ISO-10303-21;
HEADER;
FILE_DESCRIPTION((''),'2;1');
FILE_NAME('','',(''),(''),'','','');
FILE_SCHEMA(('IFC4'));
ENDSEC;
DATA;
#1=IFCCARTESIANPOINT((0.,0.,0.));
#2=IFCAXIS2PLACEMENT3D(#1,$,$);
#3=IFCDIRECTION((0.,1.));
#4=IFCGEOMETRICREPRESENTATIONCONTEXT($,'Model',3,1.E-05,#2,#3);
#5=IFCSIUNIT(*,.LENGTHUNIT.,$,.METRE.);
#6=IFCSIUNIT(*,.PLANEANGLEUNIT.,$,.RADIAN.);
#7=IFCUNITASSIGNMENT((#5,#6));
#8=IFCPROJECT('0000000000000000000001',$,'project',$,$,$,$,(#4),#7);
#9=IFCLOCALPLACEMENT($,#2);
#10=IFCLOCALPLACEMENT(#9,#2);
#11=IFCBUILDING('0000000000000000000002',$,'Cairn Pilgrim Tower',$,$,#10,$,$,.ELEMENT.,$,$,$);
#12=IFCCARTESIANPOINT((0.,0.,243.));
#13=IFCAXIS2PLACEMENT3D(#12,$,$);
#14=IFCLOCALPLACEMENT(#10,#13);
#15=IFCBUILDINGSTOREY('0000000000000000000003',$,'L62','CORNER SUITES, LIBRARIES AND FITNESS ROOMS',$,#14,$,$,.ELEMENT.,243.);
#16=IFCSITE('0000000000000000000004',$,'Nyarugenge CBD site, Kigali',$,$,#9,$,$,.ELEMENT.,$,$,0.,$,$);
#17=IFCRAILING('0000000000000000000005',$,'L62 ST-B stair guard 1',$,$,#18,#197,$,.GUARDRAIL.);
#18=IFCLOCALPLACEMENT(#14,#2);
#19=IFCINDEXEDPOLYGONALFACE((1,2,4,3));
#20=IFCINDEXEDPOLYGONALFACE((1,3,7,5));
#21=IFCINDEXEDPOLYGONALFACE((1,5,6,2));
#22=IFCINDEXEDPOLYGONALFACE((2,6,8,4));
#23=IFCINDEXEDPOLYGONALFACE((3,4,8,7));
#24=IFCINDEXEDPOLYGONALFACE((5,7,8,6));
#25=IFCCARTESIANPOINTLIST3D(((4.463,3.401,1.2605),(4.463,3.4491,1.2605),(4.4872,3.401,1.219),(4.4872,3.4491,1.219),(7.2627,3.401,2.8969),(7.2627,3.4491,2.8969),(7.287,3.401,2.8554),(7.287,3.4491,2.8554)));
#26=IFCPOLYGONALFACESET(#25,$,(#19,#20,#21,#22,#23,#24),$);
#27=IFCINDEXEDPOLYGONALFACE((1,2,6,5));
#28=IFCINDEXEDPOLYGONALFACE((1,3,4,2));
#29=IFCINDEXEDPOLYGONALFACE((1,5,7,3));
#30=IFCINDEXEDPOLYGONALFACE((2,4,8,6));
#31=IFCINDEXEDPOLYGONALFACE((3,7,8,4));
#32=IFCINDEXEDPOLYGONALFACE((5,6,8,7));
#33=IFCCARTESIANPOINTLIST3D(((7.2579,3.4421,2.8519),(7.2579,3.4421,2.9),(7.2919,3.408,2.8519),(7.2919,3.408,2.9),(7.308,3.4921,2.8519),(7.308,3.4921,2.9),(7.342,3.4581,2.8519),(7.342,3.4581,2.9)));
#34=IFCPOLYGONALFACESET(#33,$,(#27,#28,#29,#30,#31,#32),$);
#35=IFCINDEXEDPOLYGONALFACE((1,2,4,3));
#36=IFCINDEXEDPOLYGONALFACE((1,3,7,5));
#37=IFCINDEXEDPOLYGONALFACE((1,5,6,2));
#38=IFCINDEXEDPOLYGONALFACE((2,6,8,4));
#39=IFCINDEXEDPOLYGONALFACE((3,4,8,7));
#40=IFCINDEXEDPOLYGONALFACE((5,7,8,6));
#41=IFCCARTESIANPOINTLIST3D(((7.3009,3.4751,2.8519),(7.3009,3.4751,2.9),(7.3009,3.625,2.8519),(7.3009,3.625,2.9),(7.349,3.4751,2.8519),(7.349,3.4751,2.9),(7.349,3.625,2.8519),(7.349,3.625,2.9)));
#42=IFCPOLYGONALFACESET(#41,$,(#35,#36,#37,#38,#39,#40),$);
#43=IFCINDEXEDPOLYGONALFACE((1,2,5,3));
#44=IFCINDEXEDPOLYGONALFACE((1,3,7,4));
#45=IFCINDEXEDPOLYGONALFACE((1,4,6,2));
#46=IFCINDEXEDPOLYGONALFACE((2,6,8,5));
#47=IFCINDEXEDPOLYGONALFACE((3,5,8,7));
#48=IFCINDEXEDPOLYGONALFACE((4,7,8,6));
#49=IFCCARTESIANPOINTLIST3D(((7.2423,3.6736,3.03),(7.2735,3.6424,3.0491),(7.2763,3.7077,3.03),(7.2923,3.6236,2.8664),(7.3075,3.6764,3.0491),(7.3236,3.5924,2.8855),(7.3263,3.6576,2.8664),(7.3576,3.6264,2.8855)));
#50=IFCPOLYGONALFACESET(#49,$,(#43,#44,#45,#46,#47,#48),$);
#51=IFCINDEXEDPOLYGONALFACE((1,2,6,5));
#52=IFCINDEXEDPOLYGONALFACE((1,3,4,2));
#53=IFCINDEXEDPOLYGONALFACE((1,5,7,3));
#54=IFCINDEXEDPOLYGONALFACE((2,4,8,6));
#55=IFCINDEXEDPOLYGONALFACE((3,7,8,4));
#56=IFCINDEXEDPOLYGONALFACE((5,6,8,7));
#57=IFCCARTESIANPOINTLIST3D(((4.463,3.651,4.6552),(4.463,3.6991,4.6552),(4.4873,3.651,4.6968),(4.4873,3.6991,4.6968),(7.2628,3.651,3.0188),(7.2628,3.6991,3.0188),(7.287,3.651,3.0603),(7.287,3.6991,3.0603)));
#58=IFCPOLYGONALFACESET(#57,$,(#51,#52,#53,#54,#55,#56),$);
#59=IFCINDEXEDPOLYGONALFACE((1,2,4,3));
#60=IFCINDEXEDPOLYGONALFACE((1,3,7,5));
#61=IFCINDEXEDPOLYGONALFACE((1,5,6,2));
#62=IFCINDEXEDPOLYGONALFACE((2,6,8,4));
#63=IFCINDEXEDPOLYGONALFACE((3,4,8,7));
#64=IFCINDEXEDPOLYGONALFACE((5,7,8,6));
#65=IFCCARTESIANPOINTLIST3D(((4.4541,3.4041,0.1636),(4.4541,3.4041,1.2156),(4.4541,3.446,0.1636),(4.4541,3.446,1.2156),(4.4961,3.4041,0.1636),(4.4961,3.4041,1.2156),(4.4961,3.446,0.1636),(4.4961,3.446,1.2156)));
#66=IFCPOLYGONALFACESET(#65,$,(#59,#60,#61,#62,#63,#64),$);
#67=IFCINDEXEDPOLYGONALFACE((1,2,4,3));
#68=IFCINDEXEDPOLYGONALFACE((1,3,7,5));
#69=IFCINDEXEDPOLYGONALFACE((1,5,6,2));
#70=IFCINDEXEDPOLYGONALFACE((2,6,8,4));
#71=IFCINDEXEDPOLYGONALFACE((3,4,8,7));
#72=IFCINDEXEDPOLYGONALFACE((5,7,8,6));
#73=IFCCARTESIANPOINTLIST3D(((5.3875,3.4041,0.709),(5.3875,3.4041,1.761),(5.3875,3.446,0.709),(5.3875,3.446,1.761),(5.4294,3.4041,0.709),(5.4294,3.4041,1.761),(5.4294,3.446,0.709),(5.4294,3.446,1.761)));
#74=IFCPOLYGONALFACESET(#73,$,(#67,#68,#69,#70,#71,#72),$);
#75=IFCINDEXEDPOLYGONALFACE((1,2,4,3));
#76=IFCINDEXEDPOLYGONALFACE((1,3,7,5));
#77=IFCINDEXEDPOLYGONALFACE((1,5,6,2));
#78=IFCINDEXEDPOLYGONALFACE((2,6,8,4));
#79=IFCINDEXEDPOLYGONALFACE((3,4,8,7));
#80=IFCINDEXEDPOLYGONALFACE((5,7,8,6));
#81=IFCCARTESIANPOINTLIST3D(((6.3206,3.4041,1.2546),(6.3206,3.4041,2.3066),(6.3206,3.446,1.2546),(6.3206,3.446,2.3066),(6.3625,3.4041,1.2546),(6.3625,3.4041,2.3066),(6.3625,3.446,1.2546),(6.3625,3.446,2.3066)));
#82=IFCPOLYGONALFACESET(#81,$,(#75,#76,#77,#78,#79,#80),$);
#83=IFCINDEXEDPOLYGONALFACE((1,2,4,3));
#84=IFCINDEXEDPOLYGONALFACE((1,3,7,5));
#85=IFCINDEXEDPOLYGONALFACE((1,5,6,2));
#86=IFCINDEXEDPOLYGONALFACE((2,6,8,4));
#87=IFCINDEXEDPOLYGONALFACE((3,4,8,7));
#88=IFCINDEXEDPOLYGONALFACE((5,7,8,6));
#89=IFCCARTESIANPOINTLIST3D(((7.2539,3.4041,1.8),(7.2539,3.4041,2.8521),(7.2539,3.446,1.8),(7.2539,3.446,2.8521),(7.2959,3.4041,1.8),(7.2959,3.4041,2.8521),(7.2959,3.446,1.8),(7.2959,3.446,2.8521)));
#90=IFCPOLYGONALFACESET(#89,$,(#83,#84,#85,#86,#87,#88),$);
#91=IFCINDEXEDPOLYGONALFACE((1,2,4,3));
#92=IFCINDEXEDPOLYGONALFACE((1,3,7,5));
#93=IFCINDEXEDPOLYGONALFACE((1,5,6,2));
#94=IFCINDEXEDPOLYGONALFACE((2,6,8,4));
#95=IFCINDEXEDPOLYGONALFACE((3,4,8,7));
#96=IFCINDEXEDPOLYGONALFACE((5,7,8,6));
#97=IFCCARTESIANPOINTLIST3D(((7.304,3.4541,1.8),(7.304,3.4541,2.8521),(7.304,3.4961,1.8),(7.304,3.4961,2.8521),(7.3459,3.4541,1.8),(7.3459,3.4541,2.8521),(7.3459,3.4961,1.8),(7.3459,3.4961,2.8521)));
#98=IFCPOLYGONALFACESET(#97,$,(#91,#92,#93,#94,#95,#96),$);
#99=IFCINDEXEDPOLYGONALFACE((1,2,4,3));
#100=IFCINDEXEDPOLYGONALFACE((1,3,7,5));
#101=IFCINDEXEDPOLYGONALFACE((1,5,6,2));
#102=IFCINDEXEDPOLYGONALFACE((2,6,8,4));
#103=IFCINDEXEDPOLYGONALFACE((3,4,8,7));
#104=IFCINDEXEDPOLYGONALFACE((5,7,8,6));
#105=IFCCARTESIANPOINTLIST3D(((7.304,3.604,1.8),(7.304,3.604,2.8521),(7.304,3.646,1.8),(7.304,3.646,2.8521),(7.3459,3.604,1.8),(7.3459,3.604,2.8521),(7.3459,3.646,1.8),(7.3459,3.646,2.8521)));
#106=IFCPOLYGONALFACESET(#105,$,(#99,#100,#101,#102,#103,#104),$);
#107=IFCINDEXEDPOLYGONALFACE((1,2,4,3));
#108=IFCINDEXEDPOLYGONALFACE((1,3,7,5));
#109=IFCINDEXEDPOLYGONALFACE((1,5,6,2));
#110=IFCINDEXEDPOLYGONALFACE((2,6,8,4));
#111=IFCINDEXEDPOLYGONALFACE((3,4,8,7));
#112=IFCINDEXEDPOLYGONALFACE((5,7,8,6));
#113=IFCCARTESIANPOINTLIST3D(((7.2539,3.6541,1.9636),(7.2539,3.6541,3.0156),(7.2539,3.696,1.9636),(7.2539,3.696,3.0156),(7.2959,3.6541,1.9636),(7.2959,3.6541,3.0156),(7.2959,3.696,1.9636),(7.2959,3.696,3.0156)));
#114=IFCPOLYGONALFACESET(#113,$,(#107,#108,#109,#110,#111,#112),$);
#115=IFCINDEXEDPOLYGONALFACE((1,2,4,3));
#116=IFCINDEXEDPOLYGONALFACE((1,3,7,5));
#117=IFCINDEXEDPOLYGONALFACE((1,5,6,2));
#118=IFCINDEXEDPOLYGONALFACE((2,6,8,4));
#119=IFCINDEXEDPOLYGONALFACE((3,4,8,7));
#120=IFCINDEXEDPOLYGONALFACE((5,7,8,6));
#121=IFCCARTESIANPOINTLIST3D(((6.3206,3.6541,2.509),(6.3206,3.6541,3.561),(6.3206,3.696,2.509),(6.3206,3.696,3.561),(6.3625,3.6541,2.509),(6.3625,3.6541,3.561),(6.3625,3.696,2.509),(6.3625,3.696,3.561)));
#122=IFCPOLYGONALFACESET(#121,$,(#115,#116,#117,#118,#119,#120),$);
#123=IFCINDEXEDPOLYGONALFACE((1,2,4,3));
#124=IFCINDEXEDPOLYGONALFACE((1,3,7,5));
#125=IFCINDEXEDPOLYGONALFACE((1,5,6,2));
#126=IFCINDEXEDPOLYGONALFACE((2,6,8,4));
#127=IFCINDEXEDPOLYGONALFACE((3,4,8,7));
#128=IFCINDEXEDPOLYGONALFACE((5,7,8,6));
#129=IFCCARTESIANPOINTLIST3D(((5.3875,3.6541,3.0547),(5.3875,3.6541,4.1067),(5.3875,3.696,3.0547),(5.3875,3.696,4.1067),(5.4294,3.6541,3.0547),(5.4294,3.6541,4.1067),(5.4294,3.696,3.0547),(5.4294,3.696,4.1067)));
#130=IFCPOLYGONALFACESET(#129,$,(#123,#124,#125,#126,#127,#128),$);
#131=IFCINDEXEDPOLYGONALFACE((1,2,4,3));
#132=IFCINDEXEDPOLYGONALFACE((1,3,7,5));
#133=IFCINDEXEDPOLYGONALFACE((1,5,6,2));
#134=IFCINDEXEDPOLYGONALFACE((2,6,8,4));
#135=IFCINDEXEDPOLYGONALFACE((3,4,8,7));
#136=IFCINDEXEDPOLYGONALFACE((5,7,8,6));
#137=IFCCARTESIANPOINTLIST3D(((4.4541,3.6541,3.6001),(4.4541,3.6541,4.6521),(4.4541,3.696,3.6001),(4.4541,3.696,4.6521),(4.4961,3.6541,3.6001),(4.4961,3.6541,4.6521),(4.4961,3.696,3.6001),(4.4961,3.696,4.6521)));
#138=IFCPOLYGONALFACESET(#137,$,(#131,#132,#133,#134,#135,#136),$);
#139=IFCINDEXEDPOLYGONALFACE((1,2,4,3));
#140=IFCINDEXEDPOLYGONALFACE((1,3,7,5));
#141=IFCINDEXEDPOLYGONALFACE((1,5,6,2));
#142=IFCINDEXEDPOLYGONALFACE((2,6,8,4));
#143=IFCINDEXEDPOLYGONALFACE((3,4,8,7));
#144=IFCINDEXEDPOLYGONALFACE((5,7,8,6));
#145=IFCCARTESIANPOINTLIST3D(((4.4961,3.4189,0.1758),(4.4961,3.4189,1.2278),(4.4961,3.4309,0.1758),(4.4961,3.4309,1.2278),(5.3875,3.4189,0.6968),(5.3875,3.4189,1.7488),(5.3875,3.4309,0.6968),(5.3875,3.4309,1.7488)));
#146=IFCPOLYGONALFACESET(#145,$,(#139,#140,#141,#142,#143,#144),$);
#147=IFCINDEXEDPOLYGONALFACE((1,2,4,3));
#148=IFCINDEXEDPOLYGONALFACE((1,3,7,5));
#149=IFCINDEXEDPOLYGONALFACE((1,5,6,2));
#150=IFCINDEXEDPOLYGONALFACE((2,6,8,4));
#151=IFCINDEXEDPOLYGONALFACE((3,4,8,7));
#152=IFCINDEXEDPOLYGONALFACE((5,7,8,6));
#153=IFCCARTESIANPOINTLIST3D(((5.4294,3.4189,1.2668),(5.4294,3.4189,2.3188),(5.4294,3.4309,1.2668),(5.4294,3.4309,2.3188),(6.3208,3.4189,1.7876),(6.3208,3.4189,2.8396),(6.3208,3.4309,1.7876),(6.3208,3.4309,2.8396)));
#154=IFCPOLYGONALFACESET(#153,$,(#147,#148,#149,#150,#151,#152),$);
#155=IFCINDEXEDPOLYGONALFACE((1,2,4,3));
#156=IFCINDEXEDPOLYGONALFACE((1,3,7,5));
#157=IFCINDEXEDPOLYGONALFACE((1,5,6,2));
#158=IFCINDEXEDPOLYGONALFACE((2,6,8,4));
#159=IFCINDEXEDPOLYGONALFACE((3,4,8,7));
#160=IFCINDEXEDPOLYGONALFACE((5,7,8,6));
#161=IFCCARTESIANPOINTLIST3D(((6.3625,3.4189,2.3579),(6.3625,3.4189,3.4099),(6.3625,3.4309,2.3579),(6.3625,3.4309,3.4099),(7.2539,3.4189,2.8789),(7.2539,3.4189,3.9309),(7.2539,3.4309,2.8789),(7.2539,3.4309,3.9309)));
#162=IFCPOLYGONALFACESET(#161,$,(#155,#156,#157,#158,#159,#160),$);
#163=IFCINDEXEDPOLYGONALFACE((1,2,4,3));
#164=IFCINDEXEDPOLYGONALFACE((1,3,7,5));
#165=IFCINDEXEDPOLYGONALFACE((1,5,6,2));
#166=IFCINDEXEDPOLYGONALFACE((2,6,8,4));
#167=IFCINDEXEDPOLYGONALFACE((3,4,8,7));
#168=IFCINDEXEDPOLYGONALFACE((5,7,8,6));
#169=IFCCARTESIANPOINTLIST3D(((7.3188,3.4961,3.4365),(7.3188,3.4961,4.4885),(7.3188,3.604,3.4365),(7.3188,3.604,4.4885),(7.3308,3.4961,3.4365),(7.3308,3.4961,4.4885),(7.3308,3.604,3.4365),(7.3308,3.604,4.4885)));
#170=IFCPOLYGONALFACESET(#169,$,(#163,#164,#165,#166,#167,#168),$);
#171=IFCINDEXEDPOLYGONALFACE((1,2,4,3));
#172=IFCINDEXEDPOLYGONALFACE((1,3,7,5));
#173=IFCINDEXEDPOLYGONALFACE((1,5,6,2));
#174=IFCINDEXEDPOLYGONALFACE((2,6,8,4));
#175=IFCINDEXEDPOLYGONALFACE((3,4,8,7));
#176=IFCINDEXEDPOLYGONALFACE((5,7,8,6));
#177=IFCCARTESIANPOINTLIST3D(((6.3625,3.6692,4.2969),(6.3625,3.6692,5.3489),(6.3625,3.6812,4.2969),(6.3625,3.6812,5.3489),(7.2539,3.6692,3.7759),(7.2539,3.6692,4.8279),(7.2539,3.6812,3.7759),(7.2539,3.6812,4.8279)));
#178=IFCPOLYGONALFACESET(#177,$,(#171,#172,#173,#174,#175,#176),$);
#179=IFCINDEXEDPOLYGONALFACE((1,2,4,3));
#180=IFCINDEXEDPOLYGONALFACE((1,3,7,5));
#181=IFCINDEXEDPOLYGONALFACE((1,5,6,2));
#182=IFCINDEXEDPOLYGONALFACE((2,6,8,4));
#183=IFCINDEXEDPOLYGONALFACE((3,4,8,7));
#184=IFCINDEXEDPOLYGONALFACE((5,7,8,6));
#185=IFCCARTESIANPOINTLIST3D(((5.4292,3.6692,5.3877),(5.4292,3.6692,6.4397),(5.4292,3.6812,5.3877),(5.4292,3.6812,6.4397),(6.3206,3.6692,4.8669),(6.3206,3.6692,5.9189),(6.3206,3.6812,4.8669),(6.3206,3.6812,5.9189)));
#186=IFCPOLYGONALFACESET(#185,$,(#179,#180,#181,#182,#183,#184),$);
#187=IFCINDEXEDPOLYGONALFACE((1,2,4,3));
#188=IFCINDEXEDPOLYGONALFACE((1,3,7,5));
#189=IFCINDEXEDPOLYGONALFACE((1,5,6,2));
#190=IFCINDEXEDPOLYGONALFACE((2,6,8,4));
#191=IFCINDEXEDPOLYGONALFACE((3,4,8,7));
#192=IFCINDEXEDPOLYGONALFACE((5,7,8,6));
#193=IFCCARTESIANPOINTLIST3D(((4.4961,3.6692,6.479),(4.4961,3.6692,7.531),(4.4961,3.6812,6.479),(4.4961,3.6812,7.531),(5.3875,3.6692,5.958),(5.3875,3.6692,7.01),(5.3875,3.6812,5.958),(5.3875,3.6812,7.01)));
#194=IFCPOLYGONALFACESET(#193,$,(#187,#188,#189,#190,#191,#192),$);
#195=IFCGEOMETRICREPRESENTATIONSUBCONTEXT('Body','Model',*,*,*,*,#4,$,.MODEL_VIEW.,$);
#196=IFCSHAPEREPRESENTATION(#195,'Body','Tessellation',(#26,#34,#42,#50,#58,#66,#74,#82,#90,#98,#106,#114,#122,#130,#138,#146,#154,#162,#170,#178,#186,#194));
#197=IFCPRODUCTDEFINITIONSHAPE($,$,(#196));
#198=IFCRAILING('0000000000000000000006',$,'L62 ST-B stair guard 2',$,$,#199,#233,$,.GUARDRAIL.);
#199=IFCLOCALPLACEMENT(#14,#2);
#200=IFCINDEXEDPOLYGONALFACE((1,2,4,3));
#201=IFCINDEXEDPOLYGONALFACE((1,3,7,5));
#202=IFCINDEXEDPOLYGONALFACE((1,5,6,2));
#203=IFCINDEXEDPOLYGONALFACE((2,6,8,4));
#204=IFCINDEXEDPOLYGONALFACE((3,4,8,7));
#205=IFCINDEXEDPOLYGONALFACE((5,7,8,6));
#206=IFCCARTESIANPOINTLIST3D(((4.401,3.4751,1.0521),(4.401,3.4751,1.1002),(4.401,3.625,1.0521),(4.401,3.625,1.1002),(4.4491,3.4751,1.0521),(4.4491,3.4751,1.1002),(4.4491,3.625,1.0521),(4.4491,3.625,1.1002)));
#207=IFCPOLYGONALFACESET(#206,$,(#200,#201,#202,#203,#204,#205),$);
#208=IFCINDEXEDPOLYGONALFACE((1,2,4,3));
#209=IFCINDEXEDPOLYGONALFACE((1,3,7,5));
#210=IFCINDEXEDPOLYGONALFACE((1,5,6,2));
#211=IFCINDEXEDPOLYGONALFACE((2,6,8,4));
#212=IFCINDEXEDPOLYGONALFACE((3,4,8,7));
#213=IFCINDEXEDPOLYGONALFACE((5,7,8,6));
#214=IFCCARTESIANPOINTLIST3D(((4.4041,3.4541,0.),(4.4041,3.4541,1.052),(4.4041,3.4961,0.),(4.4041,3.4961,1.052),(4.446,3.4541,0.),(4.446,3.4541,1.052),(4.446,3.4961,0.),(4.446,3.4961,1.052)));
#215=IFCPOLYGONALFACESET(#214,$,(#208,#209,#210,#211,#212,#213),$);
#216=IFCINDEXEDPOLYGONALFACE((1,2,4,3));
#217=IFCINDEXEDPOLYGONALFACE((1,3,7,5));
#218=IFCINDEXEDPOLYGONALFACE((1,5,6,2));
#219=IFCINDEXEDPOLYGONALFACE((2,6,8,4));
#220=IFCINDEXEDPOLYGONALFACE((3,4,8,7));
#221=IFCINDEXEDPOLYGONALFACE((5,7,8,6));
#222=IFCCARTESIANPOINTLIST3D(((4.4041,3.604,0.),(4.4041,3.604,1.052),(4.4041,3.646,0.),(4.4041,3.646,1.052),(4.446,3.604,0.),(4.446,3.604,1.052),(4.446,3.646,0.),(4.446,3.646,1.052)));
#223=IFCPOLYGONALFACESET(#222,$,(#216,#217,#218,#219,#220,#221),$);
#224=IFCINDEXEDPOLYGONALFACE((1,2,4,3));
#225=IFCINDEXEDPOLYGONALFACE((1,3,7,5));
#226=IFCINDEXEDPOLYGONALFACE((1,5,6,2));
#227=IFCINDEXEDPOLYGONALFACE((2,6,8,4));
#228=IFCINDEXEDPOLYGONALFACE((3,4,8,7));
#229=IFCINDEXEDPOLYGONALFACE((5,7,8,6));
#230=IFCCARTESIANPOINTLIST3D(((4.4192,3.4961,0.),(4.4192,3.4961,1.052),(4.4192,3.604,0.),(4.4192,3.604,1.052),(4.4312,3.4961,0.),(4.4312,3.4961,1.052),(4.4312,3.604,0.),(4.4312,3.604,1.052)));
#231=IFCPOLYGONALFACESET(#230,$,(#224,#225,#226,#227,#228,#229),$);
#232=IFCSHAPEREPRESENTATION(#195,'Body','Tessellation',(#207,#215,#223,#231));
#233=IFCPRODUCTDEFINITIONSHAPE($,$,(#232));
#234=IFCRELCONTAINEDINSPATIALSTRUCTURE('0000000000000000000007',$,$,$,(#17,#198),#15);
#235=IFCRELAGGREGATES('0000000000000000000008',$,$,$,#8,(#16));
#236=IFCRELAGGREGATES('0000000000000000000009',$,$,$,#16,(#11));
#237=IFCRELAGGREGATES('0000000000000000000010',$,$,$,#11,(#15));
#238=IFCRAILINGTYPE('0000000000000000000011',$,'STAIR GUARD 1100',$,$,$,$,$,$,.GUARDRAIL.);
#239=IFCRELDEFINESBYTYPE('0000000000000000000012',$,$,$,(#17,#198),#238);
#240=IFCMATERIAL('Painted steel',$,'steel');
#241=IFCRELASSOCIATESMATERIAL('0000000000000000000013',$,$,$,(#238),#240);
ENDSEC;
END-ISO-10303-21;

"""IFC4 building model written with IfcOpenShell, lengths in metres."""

from ifc_helpers import new_model, si_unit, direction, frame, origin, origin_2d, place, context, subcontext, project, spatial, polyline, rectangle, outline, extrude, material, type_object, element, save


model = new_model("IFC4")

# Units and contexts
model_context = context("Model", 3, precision=1e-05, world=origin(), true_north=direction((0.0, 1.0)))
body_context = subcontext(model_context, "Body", "Model", "MODEL_VIEW")
ifc_project = project(units=[si_unit("LENGTHUNIT", "METRE"), si_unit("PLANEANGLEUNIT", "RADIAN")], contexts=[model_context])

# Site, building, storey
site_placement = place(None, origin())
site = spatial("IfcSite", under=ifc_project, at=site_placement, Name="Nyarugenge CBD site, Kigali", CompositionType="ELEMENT", RefElevation=0.0)
building_placement = place(site_placement, origin())
building = spatial("IfcBuilding", under=site, at=building_placement, Name="Cairn Pilgrim Tower", CompositionType="ELEMENT")
storey_placement = place(building_placement, frame((0.0, 0.0, 243.0)))
storey = spatial("IfcBuildingStorey", under=building, at=storey_placement, Name="L62", Description="CORNER SUITES, LIBRARIES AND FITNESS ROOMS", CompositionType="ELEMENT", Elevation=243.0)

# Shared definitions
ifc_material_1 = material(Name="Painted steel", Category="steel")

# Railings
railing_type_1 = type_object("IfcRailingType", Name="STAIR GUARD 1100", PredefinedType="GUARDRAIL", material=ifc_material_1)
railing_1_placement = place(storey_placement, frame((4.4751, 3.425, 0.1636)))
element("IfcRailing", 1, at=railing_1_placement, inside=storey, type_object=railing_type_1, Name="L62 ST-B stair guard 1", PredefinedType="GUARDRAIL", context=body_context, shape_type="SweptSolid", body=[
    extrude(rectangle(XDim=0.0481, YDim=0.0481, at=origin_2d()), frame((0.0, 0.0, 1.0762), z_axis=(0.863342, 0.0, 0.50462), x_axis=(0.0, 1.0, 0.0)), (0.0, 0.0, 1.0), 3.2429),
    extrude(rectangle(XDim=0.0481, YDim=0.0481, at=origin_2d()), frame((2.7998, 0.0, 2.7124), z_axis=(0.707107, 0.707107, 0.0), x_axis=(-0.707107, 0.707107, 0.0)), (0.0, 0.0, 1.0), 0.0708),
    extrude(rectangle(XDim=0.0481, YDim=0.0481, at=origin_2d()), frame((2.8499, 0.05, 2.7124), z_axis=(0.0, 1.0, 0.0), x_axis=(-1.0, 0.0, 0.0)), (0.0, 0.0, 1.0), 0.1499),
    extrude(rectangle(XDim=0.0481, YDim=0.0481, at=origin_2d()), frame((2.8499, 0.2, 2.7124), z_axis=(-0.280809, 0.280809, 0.917765), x_axis=(-0.707107, -0.707107, 0.0)), (0.0, 0.0, 1.0), 0.1782),
    extrude(rectangle(XDim=0.0481, YDim=0.0481, at=origin_2d()), frame((2.7998, 0.25, 2.876), z_axis=(-0.863342, 0.0, 0.50462), x_axis=(0.0, -1.0, 0.0)), (0.0, 0.0, 1.0), 3.2429),
    extrude(rectangle(XDim=0.042, YDim=0.042, at=origin_2d()), origin(), (0.0, 0.0, 1.0), 1.052),
    extrude(rectangle(XDim=0.042, YDim=0.042, at=origin_2d()), frame((0.9333, 0.0, 0.5454)), (0.0, 0.0, 1.0), 1.052),
    extrude(rectangle(XDim=0.042, YDim=0.042, at=origin_2d()), frame((1.8665, 0.0, 1.0911)), (0.0, 0.0, 1.0), 1.052),
    extrude(rectangle(XDim=0.042, YDim=0.042, at=origin_2d()), frame((2.7998, 0.0, 1.6365)), (0.0, 0.0, 1.0), 1.052),
    extrude(rectangle(XDim=0.042, YDim=0.042, at=origin_2d()), frame((2.8499, 0.05, 1.6365)), (0.0, 0.0, 1.0), 1.052),
    extrude(rectangle(XDim=0.042, YDim=0.042, at=origin_2d()), frame((2.8499, 0.2, 1.6365)), (0.0, 0.0, 1.0), 1.052),
    extrude(rectangle(XDim=0.042, YDim=0.042, at=origin_2d()), frame((2.7998, 0.25, 1.8)), (0.0, 0.0, 1.0), 1.052),
    extrude(rectangle(XDim=0.042, YDim=0.042, at=origin_2d()), frame((1.8665, 0.25, 2.3455)), (0.0, 0.0, 1.0), 1.052),
    extrude(rectangle(XDim=0.042, YDim=0.042, at=origin_2d()), frame((0.9333, 0.25, 2.8911)), (0.0, 0.0, 1.0), 1.052),
    extrude(rectangle(XDim=0.042, YDim=0.042, at=origin_2d()), frame((0.0, 0.25, 3.4365)), (0.0, 0.0, 1.0), 1.052),
    extrude(outline(polyline([(0.021, 0.0122), (0.9124, 0.5332), (0.9124, 1.5852), (0.021, 1.0642), (0.021, 0.0122)])), frame((0.0, 0.0059, 0.0), z_axis=(0.0, -1.0, 0.0), x_axis=(1.0, 0.0, 0.0)), (0.0, 0.0, 1.0), 0.012),
    extrude(outline(polyline([(0.021, 0.5579), (0.9124, 1.0786), (0.9124, 2.1306), (0.021, 1.6099), (0.021, 0.5579)])), frame((0.9333, 0.0059, 0.5454), z_axis=(0.0, -1.0, 0.0), x_axis=(1.0, 0.0, 0.0)), (0.0, 0.0, 1.0), 0.012),
    extrude(outline(polyline([(0.021, 1.1033), (0.9124, 1.6243), (0.9124, 2.6763), (0.021, 2.1553), (0.021, 1.1033)])), frame((1.8665, 0.0059, 1.0911), z_axis=(0.0, -1.0, 0.0), x_axis=(1.0, 0.0, 0.0)), (0.0, 0.0, 1.0), 0.012),
    extrude(outline(polyline([(0.021, 1.6365), (0.1289, 1.6365), (0.1289, 2.6885), (0.021, 2.6885), (0.021, 1.6365)])), frame((2.8438, 0.05, 1.6365), z_axis=(1.0, 0.0, 0.0), x_axis=(0.0, 1.0, 0.0)), (0.0, 0.0, 1.0), 0.012),
    extrude(outline(polyline([(0.021, 1.8123), (0.9124, 2.3333), (0.9124, 3.3853), (0.021, 2.8643), (0.021, 1.8123)])), frame((2.7998, 0.2441, 1.8), z_axis=(0.0, 1.0, 0.0), x_axis=(-1.0, 0.0, 0.0)), (0.0, 0.0, 1.0), 0.012),
    extrude(outline(polyline([(0.021, 2.3579), (0.9124, 2.8787), (0.9124, 3.9307), (0.021, 3.4099), (0.021, 2.3579)])), frame((1.8665, 0.2441, 2.3455), z_axis=(0.0, 1.0, 0.0), x_axis=(-1.0, 0.0, 0.0)), (0.0, 0.0, 1.0), 0.012),
    extrude(outline(polyline([(0.021, 2.9033), (0.9124, 3.4243), (0.9124, 4.4763), (0.021, 3.9553), (0.021, 2.9033)])), frame((0.9333, 0.2441, 2.8911), z_axis=(0.0, 1.0, 0.0), x_axis=(-1.0, 0.0, 0.0)), (0.0, 0.0, 1.0), 0.012),
])
railing_2_placement = place(storey_placement, frame((4.425, 3.4751, 0.0)))
element("IfcRailing", 2, at=railing_2_placement, inside=storey, type_object=railing_type_1, Name="L62 ST-B stair guard 2", PredefinedType="GUARDRAIL", context=body_context, shape_type="SweptSolid", body=[
    extrude(rectangle(XDim=0.0481, YDim=0.0481, at=origin_2d()), frame((0.0, 0.0, 1.0762), z_axis=(0.0, 1.0, 0.0), x_axis=(-1.0, 0.0, 0.0)), (0.0, 0.0, 1.0), 0.1499),
    extrude(rectangle(XDim=0.042, YDim=0.042, at=origin_2d()), origin(), (0.0, 0.0, 1.0), 1.052),
    extrude(rectangle(XDim=0.042, YDim=0.042, at=origin_2d()), frame((0.0, 0.1499, 0.0)), (0.0, 0.0, 1.0), 1.052),
    extrude(outline(polyline([(0.021, 0.0), (0.1289, 0.0), (0.1289, 1.052), (0.021, 1.052), (0.021, 0.0)])), frame((-0.0059, 0.0, 0.0), z_axis=(1.0, 0.0, 0.0), x_axis=(0.0, 1.0, 0.0)), (0.0, 0.0, 1.0), 0.012),
])

save(model, "model.ifc")
